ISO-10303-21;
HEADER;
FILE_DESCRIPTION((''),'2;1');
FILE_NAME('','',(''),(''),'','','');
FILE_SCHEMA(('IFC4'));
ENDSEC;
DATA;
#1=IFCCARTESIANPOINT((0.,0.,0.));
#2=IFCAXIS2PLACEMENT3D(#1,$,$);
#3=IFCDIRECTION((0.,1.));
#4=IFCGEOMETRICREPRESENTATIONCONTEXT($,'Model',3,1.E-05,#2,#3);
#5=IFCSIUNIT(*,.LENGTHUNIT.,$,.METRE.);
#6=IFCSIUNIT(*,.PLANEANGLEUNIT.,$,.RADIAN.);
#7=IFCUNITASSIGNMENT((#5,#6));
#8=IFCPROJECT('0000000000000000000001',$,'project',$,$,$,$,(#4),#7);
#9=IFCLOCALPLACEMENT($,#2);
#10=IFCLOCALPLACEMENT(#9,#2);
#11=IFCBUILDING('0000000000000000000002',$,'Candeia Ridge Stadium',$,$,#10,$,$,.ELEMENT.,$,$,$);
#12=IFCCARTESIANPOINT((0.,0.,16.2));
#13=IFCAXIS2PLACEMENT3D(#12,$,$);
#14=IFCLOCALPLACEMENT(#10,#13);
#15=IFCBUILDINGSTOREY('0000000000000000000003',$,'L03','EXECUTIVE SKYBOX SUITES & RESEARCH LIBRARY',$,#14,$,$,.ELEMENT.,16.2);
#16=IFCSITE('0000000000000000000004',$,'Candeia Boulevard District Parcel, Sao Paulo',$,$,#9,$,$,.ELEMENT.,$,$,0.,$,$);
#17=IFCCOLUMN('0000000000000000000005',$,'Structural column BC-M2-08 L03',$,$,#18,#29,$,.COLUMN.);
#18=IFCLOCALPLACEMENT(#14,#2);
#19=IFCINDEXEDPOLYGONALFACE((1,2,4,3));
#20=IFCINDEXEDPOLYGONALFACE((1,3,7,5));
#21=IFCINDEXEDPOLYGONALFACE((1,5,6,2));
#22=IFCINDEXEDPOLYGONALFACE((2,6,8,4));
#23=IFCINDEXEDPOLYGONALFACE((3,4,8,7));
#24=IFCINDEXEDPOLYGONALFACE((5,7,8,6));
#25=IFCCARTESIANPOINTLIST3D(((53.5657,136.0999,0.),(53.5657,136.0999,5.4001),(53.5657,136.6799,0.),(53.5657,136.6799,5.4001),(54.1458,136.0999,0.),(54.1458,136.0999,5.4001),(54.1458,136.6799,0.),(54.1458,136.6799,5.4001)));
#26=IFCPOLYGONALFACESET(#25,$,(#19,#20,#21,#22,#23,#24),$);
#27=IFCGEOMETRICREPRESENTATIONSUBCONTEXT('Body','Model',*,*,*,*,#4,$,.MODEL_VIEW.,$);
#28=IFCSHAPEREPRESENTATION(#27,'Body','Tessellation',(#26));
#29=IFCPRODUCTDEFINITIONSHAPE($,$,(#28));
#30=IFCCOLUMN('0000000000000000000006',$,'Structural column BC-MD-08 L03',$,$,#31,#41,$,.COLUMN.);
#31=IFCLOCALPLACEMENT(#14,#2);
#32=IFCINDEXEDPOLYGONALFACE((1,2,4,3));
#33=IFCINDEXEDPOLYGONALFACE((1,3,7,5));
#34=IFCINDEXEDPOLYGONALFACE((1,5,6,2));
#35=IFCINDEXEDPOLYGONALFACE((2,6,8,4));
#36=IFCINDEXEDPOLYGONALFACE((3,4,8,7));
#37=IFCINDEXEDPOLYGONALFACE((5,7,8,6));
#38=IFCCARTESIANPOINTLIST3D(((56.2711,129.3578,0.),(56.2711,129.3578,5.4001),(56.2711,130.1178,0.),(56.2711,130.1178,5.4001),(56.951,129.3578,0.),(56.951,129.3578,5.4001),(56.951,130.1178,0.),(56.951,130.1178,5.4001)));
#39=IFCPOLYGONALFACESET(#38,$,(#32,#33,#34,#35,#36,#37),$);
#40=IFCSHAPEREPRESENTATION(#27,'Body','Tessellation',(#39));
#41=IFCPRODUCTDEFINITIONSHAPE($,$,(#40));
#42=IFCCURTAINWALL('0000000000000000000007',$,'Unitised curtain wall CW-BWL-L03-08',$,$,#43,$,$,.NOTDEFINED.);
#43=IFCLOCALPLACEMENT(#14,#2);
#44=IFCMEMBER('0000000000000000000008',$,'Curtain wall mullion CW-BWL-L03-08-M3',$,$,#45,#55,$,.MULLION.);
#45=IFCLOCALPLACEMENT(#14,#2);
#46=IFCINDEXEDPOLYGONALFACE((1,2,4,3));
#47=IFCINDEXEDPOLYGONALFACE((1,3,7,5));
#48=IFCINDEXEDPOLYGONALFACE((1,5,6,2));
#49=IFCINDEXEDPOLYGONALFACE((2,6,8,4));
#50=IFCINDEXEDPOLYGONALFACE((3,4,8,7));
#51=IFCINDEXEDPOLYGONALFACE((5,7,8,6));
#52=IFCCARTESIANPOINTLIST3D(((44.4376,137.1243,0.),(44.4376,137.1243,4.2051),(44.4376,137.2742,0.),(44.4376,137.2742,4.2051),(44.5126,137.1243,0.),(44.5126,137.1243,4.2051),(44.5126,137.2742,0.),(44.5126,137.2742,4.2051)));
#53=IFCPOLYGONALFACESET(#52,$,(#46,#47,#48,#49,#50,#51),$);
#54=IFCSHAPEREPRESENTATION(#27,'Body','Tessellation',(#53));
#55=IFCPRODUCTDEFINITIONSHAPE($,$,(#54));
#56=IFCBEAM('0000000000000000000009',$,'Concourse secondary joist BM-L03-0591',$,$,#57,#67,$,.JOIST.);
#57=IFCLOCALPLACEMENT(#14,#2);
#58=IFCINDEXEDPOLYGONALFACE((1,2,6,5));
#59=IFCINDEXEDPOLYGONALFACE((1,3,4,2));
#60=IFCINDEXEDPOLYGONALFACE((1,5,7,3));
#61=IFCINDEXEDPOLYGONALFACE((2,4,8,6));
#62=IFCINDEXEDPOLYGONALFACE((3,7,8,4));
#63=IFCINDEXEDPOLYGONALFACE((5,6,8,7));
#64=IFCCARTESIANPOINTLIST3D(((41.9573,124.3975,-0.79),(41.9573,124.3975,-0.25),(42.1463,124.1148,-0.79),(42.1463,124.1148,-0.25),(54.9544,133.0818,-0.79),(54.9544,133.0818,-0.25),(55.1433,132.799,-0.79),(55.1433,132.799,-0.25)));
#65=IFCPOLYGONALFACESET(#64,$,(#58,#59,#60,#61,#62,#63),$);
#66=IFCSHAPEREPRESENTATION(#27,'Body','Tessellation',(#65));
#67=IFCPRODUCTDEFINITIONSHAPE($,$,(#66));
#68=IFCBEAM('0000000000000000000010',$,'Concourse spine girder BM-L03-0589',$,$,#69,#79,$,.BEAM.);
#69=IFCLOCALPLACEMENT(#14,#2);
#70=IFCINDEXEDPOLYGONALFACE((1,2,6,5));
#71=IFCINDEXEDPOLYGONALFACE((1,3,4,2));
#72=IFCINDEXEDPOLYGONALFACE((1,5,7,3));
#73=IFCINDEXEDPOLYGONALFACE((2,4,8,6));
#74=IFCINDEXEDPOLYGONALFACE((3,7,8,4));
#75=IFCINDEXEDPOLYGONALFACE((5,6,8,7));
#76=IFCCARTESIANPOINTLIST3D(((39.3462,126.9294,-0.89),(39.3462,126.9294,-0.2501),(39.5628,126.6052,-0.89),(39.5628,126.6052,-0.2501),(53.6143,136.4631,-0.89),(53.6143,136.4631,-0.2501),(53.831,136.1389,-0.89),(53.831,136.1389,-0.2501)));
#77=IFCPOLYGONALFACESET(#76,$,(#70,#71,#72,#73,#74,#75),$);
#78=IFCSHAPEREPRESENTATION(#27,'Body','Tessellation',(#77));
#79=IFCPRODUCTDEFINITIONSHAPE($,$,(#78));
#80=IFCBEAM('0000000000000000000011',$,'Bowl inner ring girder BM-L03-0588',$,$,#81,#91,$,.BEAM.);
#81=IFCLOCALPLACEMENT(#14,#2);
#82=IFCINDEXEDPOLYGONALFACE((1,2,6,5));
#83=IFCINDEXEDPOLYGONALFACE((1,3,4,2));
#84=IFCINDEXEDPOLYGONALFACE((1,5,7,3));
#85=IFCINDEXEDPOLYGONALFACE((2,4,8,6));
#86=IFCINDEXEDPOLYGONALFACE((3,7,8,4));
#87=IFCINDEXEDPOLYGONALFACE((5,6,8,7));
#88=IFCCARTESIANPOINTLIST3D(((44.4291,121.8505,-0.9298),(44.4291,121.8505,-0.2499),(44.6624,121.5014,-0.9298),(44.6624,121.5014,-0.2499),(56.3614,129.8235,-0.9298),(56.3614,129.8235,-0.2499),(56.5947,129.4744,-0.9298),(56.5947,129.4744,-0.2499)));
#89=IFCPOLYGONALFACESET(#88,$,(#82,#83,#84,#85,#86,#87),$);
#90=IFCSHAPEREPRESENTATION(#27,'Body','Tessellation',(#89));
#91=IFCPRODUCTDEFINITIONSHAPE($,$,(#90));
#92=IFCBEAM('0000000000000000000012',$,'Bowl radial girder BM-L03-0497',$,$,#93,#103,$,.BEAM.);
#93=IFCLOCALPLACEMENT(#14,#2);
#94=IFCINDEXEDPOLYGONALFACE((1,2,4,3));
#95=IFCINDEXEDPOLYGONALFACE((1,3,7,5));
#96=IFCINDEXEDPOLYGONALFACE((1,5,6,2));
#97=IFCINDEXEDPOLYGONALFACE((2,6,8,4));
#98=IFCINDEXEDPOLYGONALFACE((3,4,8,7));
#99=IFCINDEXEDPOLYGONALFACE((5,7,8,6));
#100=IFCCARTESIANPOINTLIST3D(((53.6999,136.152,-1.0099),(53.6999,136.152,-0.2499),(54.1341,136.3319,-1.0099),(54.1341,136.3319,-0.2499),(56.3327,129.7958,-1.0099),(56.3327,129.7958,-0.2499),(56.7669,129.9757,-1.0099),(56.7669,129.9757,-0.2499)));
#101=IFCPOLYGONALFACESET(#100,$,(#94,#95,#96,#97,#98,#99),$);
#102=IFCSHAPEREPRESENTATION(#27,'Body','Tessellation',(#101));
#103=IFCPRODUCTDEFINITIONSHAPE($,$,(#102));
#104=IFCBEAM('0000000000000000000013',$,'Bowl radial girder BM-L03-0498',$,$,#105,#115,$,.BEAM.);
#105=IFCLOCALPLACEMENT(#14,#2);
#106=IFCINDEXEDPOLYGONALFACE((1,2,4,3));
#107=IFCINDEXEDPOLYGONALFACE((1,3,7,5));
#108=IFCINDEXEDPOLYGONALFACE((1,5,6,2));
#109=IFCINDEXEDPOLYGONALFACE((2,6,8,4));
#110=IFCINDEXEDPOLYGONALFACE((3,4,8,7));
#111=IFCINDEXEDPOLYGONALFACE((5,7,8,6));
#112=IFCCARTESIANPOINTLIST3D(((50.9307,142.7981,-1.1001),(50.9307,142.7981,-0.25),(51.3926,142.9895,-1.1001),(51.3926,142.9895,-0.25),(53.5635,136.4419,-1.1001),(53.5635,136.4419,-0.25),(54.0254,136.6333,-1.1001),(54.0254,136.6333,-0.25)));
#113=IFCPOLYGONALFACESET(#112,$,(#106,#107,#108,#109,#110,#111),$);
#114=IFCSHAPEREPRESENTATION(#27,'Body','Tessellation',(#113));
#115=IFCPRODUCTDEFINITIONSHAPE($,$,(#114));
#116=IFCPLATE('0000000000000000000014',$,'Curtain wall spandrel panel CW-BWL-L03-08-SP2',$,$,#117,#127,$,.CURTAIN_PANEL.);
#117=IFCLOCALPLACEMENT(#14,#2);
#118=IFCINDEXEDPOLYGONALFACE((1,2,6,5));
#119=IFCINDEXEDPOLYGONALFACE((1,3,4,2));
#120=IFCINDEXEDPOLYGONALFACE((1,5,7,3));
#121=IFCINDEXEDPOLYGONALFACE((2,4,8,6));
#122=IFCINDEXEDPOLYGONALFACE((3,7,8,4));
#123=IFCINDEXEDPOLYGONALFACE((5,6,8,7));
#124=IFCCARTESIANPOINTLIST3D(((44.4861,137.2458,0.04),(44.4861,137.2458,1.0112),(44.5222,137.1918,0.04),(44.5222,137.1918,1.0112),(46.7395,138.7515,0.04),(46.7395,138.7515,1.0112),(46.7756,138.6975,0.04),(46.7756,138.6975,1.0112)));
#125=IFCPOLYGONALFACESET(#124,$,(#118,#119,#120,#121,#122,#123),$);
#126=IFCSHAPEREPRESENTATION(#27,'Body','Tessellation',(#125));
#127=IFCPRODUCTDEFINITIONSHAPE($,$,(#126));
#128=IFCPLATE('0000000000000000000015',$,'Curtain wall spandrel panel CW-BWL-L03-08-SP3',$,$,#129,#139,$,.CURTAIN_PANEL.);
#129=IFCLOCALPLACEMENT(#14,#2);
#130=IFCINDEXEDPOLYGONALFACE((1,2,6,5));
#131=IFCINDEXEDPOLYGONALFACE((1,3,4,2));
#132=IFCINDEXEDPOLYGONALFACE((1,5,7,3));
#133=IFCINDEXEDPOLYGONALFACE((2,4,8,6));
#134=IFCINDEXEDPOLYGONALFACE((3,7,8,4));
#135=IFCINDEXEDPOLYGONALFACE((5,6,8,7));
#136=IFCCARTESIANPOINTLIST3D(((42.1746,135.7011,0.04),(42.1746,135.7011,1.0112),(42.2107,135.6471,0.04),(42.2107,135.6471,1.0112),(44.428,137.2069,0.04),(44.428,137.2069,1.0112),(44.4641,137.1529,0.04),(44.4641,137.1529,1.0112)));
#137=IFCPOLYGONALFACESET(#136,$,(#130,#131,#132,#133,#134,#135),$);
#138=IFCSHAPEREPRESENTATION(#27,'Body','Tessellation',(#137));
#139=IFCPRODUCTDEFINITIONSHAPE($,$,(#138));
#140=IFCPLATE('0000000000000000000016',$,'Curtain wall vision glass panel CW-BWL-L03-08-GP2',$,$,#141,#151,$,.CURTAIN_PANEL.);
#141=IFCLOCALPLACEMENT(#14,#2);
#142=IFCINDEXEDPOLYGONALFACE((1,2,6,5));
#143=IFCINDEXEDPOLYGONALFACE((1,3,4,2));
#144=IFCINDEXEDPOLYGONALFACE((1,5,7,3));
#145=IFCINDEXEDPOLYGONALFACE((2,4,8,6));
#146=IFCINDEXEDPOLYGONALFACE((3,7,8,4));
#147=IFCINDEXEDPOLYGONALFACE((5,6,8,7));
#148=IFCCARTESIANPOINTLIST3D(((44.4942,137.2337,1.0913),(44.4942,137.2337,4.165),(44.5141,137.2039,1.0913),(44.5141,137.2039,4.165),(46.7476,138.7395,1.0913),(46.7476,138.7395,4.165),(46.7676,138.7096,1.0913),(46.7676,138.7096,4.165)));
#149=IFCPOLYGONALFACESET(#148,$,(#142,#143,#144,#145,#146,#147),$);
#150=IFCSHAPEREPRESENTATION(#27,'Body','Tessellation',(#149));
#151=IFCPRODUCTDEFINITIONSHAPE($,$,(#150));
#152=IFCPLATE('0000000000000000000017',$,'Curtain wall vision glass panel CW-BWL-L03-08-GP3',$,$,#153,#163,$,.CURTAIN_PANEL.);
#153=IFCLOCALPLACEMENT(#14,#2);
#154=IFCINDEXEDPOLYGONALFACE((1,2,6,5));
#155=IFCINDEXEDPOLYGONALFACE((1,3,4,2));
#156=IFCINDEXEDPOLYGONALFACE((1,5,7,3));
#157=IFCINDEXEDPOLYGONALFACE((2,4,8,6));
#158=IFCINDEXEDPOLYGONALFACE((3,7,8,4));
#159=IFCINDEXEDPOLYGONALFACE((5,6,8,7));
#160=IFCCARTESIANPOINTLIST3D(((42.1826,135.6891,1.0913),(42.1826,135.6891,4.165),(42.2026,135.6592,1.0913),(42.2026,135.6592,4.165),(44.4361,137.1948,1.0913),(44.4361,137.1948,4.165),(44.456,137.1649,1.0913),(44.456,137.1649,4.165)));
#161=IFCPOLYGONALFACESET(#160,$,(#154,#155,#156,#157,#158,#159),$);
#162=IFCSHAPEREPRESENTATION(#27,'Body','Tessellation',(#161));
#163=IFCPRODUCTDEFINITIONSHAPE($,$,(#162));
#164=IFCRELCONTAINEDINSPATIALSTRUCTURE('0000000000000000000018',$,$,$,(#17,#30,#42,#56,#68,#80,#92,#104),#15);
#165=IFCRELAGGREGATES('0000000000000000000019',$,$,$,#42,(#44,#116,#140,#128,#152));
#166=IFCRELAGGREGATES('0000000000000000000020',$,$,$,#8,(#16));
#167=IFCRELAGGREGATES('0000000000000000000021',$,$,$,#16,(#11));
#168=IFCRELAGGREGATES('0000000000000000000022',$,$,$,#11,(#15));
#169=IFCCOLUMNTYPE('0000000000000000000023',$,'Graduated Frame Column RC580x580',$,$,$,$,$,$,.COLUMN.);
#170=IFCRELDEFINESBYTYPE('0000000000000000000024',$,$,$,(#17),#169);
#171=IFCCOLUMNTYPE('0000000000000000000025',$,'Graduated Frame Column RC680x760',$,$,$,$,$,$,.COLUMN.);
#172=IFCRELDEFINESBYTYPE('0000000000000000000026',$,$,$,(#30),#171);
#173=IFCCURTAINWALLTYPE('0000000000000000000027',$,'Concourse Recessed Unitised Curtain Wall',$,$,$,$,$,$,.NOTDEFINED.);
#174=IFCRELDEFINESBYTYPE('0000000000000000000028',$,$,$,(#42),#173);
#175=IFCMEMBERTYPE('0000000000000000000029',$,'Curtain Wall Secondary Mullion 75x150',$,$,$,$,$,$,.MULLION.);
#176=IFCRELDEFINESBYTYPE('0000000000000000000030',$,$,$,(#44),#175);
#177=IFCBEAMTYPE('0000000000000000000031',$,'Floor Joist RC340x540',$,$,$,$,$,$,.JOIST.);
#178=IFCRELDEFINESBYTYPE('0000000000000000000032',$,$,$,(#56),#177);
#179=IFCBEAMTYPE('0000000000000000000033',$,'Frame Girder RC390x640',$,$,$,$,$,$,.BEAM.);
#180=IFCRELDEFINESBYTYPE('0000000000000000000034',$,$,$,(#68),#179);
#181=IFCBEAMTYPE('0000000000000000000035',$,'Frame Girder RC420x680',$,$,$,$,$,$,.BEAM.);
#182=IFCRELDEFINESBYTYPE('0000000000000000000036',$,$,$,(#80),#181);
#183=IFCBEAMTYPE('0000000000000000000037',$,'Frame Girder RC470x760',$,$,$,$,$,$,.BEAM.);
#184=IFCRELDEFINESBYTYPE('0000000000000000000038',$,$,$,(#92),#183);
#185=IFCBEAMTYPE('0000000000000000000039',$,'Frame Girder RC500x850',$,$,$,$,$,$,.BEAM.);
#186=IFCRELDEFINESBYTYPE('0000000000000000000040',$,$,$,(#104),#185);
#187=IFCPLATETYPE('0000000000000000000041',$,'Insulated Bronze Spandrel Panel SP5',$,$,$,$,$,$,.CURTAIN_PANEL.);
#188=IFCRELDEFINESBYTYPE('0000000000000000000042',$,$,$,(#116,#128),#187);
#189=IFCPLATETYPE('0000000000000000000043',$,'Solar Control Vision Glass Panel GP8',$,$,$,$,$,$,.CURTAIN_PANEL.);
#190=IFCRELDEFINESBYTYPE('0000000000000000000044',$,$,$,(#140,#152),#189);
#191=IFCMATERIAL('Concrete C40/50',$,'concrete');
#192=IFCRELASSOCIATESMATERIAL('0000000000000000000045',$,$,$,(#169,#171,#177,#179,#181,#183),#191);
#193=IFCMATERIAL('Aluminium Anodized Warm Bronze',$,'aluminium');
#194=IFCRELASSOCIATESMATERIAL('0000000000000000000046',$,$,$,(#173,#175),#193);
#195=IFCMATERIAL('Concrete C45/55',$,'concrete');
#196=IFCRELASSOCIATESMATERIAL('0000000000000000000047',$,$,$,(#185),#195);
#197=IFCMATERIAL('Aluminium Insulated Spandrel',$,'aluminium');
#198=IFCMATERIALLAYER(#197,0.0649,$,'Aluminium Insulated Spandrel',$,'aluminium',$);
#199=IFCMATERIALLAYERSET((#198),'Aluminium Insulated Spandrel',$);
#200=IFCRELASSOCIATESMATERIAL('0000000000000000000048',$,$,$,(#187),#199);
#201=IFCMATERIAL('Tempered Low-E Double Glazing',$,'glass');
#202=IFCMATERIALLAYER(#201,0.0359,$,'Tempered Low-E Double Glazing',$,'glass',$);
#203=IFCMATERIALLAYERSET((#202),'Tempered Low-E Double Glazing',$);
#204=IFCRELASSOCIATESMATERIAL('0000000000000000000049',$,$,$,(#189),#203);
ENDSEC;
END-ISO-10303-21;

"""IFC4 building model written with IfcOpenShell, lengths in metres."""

from ifc_helpers import new_model, si_unit, direction, frame, origin, origin_2d, place, context, subcontext, project, spatial, rectangle, extrude, material, layer, layer_set, material_profile, profile_set, type_object, element, aggregate, save


model = new_model("IFC4")

# Units and contexts
model_context = context("Model", 3, precision=1e-05, world=origin(), true_north=direction((0.0, 1.0)))
body_context = subcontext(model_context, "Body", "Model", "MODEL_VIEW")
ifc_project = project(units=[si_unit("LENGTHUNIT", "METRE"), si_unit("PLANEANGLEUNIT", "RADIAN")], contexts=[model_context])

# Site, building, storey
site_placement = place(None, origin())
site = spatial("IfcSite", under=ifc_project, at=site_placement, Name="Candeia Boulevard District Parcel, Sao Paulo", CompositionType="ELEMENT", RefElevation=0.0)
building_placement = place(site_placement, origin())
building = spatial("IfcBuilding", under=site, at=building_placement, Name="Candeia Ridge Stadium", CompositionType="ELEMENT")
storey_placement = place(building_placement, frame((0.0, 0.0, 16.2)))
storey = spatial("IfcBuildingStorey", under=building, at=storey_placement, Name="L03", Description="EXECUTIVE SKYBOX SUITES & RESEARCH LIBRARY", CompositionType="ELEMENT", Elevation=16.2)

# Columns
ifc_material_1 = material(Name="Concrete C40/50", Category="concrete")
ifc_material_profile_1 = material_profile(ifc_material_1, rectangle(XDim=0.5801, YDim=0.5801, at=origin_2d()), Name="RC580x580", Category="concrete")
ifc_profile_set_1 = profile_set([ifc_material_profile_1], Name="Concrete C40/50")
column_type_1 = type_object("IfcColumnType", Name="Graduated Frame Column RC580x580", PredefinedType="COLUMN", material=ifc_profile_set_1)
column_1_placement = place(storey_placement, frame((53.8557, 136.3899, 0.0), z_axis=(0.0, 0.0, 1.0), x_axis=(1.0, 0.0, 0.0)))
element("IfcColumn", 1, at=column_1_placement, inside=storey, type_object=column_type_1, Name="Structural column BC-M2-08 L03", PredefinedType="COLUMN", context=body_context, shape_type="SweptSolid", body=[
    extrude(rectangle(XDim=0.5801, YDim=0.5801, at=origin_2d()), origin(), (0.0, 0.0, 1.0), 5.4001),
])
ifc_material_profile_2 = material_profile(ifc_material_1, rectangle(XDim=0.6799, YDim=0.76, at=origin_2d()), Name="RC680x760", Category="concrete")
ifc_profile_set_2 = profile_set([ifc_material_profile_2], Name="Concrete C40/50")
column_type_2 = type_object("IfcColumnType", Name="Graduated Frame Column RC680x760", PredefinedType="COLUMN", material=ifc_profile_set_2)
column_2_placement = place(storey_placement, frame((56.6111, 129.7378, 0.0), z_axis=(0.0, 0.0, 1.0), x_axis=(1.0, 0.0, 0.0)))
element("IfcColumn", 2, at=column_2_placement, inside=storey, type_object=column_type_2, Name="Structural column BC-MD-08 L03", PredefinedType="COLUMN", context=body_context, shape_type="SweptSolid", body=[
    extrude(rectangle(XDim=0.6799, YDim=0.76, at=origin_2d()), origin(), (0.0, 0.0, 1.0), 5.4001),
])

# Curtain wall, member
ifc_material_2 = material(Name="Aluminium Anodized Warm Bronze", Category="aluminium")
curtain_wall_type = type_object("IfcCurtainWallType", Name="Concourse Recessed Unitised Curtain Wall", PredefinedType="NOTDEFINED", material=ifc_material_2)
curtain_wall_placement = place(storey_placement, origin())
curtain_wall = element("IfcCurtainWall", 3, at=curtain_wall_placement, inside=storey, type_object=curtain_wall_type, Name="Unitised curtain wall CW-BWL-L03-08", PredefinedType="NOTDEFINED")
ifc_material_profile_3 = material_profile(ifc_material_2, rectangle(XDim=0.075, YDim=0.1499, at=origin_2d()), Name="CWM-75x150", Category="aluminium")
ifc_profile_set_3 = profile_set([ifc_material_profile_3], Name="Aluminium Anodized Warm Bronze")
member_type = type_object("IfcMemberType", Name="Curtain Wall Secondary Mullion 75x150", PredefinedType="MULLION", material=ifc_profile_set_3)
member_placement = place(storey_placement, frame((44.4751, 137.1992, 0.0), z_axis=(0.0, 0.0, 1.0), x_axis=(1.0, 0.0, 0.0)))
member = element("IfcMember", 4, at=member_placement, type_object=member_type, Name="Curtain wall mullion CW-BWL-L03-08-M3", PredefinedType="MULLION", context=body_context, shape_type="SweptSolid", body=[
    extrude(rectangle(XDim=0.075, YDim=0.1499, at=origin_2d()), origin(), (0.0, 0.0, 1.0), 4.2051),
])

# Beams
ifc_material_profile_4 = material_profile(ifc_material_1, rectangle(XDim=0.3401, YDim=0.54, at=origin_2d()), Name="RC340x540", Category="concrete")
ifc_profile_set_4 = profile_set([ifc_material_profile_4], Name="Concrete C40/50")
beam_type_1 = type_object("IfcBeamType", Name="Floor Joist RC340x540", PredefinedType="JOIST", material=ifc_profile_set_4)
beam_1_placement = place(storey_placement, frame((55.0488, 132.9404, -0.52), z_axis=(-0.831471, -0.555569, 0.0), x_axis=(0.555569, -0.831471, 0.0)))
element("IfcBeam", 5, at=beam_1_placement, inside=storey, type_object=beam_type_1, Name="Concourse secondary joist BM-L03-0591", PredefinedType="JOIST", context=body_context, shape_type="SweptSolid", body=[
    extrude(rectangle(XDim=0.3401, YDim=0.54, at=origin_2d()), origin(), (0.0, 0.0, 1.0), 15.6313),
])
ifc_material_profile_5 = material_profile(ifc_material_1, rectangle(XDim=0.3899, YDim=0.6399, at=origin_2d()), Name="RC390x640", Category="concrete")
ifc_profile_set_5 = profile_set([ifc_material_profile_5], Name="Concrete C40/50")
beam_type_2 = type_object("IfcBeamType", Name="Frame Girder RC390x640", PredefinedType="BEAM", material=ifc_profile_set_5)
beam_2_placement = place(storey_placement, frame((53.7227, 136.301, -0.5701), z_axis=(-0.831468, -0.555573, 0.0), x_axis=(0.555573, -0.831468, 0.0)))
element("IfcBeam", 6, at=beam_2_placement, inside=storey, type_object=beam_type_2, Name="Concourse spine girder BM-L03-0589", PredefinedType="BEAM", context=body_context, shape_type="SweptSolid", body=[
    extrude(rectangle(XDim=0.3899, YDim=0.6399, at=origin_2d()), origin(), (0.0, 0.0, 1.0), 17.1602),
])
ifc_material_profile_6 = material_profile(ifc_material_1, rectangle(XDim=0.4199, YDim=0.6799, at=origin_2d()), Name="RC420x680", Category="concrete")
ifc_profile_set_6 = profile_set([ifc_material_profile_6], Name="Concrete C40/50")
beam_type_3 = type_object("IfcBeamType", Name="Frame Girder RC420x680", PredefinedType="BEAM", material=ifc_profile_set_6)
beam_3_placement = place(storey_placement, frame((56.478, 129.6489, -0.5898), z_axis=(-0.831466, -0.555575, 0.0), x_axis=(0.555575, -0.831466, 0.0)))
element("IfcBeam", 7, at=beam_3_placement, inside=storey, type_object=beam_type_3, Name="Bowl inner ring girder BM-L03-0588", PredefinedType="BEAM", context=body_context, shape_type="SweptSolid", body=[
    extrude(rectangle(XDim=0.4199, YDim=0.6799, at=origin_2d()), origin(), (0.0, 0.0, 1.0), 14.3508),
])
ifc_material_profile_7 = material_profile(ifc_material_1, rectangle(XDim=0.47, YDim=0.76, at=origin_2d()), Name="RC470x760", Category="concrete")
ifc_profile_set_7 = profile_set([ifc_material_profile_7], Name="Concrete C40/50")
beam_type_4 = type_object("IfcBeamType", Name="Frame Girder RC470x760", PredefinedType="BEAM", material=ifc_profile_set_7)
beam_4_placement = place(storey_placement, frame((56.5498, 129.8857, -0.6299), z_axis=(-0.382682, 0.92388, 0.0), x_axis=(-0.92388, -0.382682, 0.0)))
element("IfcBeam", 8, at=beam_4_placement, inside=storey, type_object=beam_type_4, Name="Bowl radial girder BM-L03-0497", PredefinedType="BEAM", context=body_context, shape_type="SweptSolid", body=[
    extrude(rectangle(XDim=0.47, YDim=0.76, at=origin_2d()), origin(), (0.0, 0.0, 1.0), 6.8799),
])
ifc_material_3 = material(Name="Concrete C45/55", Category="concrete")
ifc_material_profile_8 = material_profile(ifc_material_3, rectangle(XDim=0.5, YDim=0.8501, at=origin_2d()), Name="RC500x850", Category="concrete")
ifc_profile_set_8 = profile_set([ifc_material_profile_8], Name="Concrete C45/55")
beam_type_5 = type_object("IfcBeamType", Name="Frame Girder RC500x850", PredefinedType="BEAM", material=ifc_profile_set_8)
beam_5_placement = place(storey_placement, frame((53.7944, 136.5376, -0.675), z_axis=(-0.382682, 0.92388, 0.0), x_axis=(-0.92388, -0.382682, 0.0)))
element("IfcBeam", 9, at=beam_5_placement, inside=storey, type_object=beam_type_5, Name="Bowl radial girder BM-L03-0498", PredefinedType="BEAM", context=body_context, shape_type="SweptSolid", body=[
    extrude(rectangle(XDim=0.5, YDim=0.8501, at=origin_2d()), origin(), (0.0, 0.0, 1.0), 6.8799),
])

# Plates
ifc_material_4 = material(Name="Aluminium Insulated Spandrel", Category="aluminium")
ifc_layer_1 = layer(ifc_material_4, 0.0649, Name="Aluminium Insulated Spandrel", Category="aluminium")
ifc_layer_set_1 = layer_set([ifc_layer_1], Name="Aluminium Insulated Spandrel")
plate_type_1 = type_object("IfcPlateType", Name="Insulated Bronze Spandrel Panel SP5", PredefinedType="CURTAIN_PANEL", material=ifc_layer_set_1)
plate_1_placement = place(storey_placement, frame((45.6309, 137.9717, 0.04), z_axis=(0.0, 0.0, 1.0), x_axis=(-0.831469, -0.555571, 0.0)))
plate_1 = element("IfcPlate", 10, at=plate_1_placement, type_object=plate_type_1, Name="Curtain wall spandrel panel CW-BWL-L03-08-SP2", PredefinedType="CURTAIN_PANEL", context=body_context, shape_type="SweptSolid", body=[
    extrude(rectangle(XDim=2.7102, YDim=0.0649, at=origin_2d()), origin(), (0.0, 0.0, 1.0), 0.9712),
])
plate_2_placement = place(storey_placement, frame((43.3193, 136.427, 0.04), z_axis=(0.0, 0.0, 1.0), x_axis=(-0.831469, -0.555571, 0.0)))
plate_2 = element("IfcPlate", 11, at=plate_2_placement, type_object=plate_type_1, Name="Curtain wall spandrel panel CW-BWL-L03-08-SP3", PredefinedType="CURTAIN_PANEL", context=body_context, shape_type="SweptSolid", body=[
    extrude(rectangle(XDim=2.7102, YDim=0.0649, at=origin_2d()), origin(), (0.0, 0.0, 1.0), 0.9712),
])
ifc_material_5 = material(Name="Tempered Low-E Double Glazing", Category="glass")
ifc_layer_2 = layer(ifc_material_5, 0.0359, Name="Tempered Low-E Double Glazing", Category="glass")
ifc_layer_set_2 = layer_set([ifc_layer_2], Name="Tempered Low-E Double Glazing")
plate_type_2 = type_object("IfcPlateType", Name="Solar Control Vision Glass Panel GP8", PredefinedType="CURTAIN_PANEL", material=ifc_layer_set_2)
plate_3_placement = place(storey_placement, frame((45.6309, 137.9717, 1.0913), z_axis=(0.0, 0.0, 1.0), x_axis=(-0.831469, -0.555571, 0.0)))
plate_3 = element("IfcPlate", 12, at=plate_3_placement, type_object=plate_type_2, Name="Curtain wall vision glass panel CW-BWL-L03-08-GP2", PredefinedType="CURTAIN_PANEL", context=body_context, shape_type="SweptSolid", body=[
    extrude(rectangle(XDim=2.7102, YDim=0.0359, at=origin_2d()), origin(), (0.0, 0.0, 1.0), 3.0737),
])
plate_4_placement = place(storey_placement, frame((43.3193, 136.427, 1.0913), z_axis=(0.0, 0.0, 1.0), x_axis=(-0.831469, -0.555571, 0.0)))
plate_4 = element("IfcPlate", 13, at=plate_4_placement, type_object=plate_type_2, Name="Curtain wall vision glass panel CW-BWL-L03-08-GP3", PredefinedType="CURTAIN_PANEL", context=body_context, shape_type="SweptSolid", body=[
    extrude(rectangle(XDim=2.7102, YDim=0.0359, at=origin_2d()), origin(), (0.0, 0.0, 1.0), 3.0737),
])
aggregate(curtain_wall, [member, plate_1, plate_3, plate_2, plate_4])

save(model, "model.ifc")
